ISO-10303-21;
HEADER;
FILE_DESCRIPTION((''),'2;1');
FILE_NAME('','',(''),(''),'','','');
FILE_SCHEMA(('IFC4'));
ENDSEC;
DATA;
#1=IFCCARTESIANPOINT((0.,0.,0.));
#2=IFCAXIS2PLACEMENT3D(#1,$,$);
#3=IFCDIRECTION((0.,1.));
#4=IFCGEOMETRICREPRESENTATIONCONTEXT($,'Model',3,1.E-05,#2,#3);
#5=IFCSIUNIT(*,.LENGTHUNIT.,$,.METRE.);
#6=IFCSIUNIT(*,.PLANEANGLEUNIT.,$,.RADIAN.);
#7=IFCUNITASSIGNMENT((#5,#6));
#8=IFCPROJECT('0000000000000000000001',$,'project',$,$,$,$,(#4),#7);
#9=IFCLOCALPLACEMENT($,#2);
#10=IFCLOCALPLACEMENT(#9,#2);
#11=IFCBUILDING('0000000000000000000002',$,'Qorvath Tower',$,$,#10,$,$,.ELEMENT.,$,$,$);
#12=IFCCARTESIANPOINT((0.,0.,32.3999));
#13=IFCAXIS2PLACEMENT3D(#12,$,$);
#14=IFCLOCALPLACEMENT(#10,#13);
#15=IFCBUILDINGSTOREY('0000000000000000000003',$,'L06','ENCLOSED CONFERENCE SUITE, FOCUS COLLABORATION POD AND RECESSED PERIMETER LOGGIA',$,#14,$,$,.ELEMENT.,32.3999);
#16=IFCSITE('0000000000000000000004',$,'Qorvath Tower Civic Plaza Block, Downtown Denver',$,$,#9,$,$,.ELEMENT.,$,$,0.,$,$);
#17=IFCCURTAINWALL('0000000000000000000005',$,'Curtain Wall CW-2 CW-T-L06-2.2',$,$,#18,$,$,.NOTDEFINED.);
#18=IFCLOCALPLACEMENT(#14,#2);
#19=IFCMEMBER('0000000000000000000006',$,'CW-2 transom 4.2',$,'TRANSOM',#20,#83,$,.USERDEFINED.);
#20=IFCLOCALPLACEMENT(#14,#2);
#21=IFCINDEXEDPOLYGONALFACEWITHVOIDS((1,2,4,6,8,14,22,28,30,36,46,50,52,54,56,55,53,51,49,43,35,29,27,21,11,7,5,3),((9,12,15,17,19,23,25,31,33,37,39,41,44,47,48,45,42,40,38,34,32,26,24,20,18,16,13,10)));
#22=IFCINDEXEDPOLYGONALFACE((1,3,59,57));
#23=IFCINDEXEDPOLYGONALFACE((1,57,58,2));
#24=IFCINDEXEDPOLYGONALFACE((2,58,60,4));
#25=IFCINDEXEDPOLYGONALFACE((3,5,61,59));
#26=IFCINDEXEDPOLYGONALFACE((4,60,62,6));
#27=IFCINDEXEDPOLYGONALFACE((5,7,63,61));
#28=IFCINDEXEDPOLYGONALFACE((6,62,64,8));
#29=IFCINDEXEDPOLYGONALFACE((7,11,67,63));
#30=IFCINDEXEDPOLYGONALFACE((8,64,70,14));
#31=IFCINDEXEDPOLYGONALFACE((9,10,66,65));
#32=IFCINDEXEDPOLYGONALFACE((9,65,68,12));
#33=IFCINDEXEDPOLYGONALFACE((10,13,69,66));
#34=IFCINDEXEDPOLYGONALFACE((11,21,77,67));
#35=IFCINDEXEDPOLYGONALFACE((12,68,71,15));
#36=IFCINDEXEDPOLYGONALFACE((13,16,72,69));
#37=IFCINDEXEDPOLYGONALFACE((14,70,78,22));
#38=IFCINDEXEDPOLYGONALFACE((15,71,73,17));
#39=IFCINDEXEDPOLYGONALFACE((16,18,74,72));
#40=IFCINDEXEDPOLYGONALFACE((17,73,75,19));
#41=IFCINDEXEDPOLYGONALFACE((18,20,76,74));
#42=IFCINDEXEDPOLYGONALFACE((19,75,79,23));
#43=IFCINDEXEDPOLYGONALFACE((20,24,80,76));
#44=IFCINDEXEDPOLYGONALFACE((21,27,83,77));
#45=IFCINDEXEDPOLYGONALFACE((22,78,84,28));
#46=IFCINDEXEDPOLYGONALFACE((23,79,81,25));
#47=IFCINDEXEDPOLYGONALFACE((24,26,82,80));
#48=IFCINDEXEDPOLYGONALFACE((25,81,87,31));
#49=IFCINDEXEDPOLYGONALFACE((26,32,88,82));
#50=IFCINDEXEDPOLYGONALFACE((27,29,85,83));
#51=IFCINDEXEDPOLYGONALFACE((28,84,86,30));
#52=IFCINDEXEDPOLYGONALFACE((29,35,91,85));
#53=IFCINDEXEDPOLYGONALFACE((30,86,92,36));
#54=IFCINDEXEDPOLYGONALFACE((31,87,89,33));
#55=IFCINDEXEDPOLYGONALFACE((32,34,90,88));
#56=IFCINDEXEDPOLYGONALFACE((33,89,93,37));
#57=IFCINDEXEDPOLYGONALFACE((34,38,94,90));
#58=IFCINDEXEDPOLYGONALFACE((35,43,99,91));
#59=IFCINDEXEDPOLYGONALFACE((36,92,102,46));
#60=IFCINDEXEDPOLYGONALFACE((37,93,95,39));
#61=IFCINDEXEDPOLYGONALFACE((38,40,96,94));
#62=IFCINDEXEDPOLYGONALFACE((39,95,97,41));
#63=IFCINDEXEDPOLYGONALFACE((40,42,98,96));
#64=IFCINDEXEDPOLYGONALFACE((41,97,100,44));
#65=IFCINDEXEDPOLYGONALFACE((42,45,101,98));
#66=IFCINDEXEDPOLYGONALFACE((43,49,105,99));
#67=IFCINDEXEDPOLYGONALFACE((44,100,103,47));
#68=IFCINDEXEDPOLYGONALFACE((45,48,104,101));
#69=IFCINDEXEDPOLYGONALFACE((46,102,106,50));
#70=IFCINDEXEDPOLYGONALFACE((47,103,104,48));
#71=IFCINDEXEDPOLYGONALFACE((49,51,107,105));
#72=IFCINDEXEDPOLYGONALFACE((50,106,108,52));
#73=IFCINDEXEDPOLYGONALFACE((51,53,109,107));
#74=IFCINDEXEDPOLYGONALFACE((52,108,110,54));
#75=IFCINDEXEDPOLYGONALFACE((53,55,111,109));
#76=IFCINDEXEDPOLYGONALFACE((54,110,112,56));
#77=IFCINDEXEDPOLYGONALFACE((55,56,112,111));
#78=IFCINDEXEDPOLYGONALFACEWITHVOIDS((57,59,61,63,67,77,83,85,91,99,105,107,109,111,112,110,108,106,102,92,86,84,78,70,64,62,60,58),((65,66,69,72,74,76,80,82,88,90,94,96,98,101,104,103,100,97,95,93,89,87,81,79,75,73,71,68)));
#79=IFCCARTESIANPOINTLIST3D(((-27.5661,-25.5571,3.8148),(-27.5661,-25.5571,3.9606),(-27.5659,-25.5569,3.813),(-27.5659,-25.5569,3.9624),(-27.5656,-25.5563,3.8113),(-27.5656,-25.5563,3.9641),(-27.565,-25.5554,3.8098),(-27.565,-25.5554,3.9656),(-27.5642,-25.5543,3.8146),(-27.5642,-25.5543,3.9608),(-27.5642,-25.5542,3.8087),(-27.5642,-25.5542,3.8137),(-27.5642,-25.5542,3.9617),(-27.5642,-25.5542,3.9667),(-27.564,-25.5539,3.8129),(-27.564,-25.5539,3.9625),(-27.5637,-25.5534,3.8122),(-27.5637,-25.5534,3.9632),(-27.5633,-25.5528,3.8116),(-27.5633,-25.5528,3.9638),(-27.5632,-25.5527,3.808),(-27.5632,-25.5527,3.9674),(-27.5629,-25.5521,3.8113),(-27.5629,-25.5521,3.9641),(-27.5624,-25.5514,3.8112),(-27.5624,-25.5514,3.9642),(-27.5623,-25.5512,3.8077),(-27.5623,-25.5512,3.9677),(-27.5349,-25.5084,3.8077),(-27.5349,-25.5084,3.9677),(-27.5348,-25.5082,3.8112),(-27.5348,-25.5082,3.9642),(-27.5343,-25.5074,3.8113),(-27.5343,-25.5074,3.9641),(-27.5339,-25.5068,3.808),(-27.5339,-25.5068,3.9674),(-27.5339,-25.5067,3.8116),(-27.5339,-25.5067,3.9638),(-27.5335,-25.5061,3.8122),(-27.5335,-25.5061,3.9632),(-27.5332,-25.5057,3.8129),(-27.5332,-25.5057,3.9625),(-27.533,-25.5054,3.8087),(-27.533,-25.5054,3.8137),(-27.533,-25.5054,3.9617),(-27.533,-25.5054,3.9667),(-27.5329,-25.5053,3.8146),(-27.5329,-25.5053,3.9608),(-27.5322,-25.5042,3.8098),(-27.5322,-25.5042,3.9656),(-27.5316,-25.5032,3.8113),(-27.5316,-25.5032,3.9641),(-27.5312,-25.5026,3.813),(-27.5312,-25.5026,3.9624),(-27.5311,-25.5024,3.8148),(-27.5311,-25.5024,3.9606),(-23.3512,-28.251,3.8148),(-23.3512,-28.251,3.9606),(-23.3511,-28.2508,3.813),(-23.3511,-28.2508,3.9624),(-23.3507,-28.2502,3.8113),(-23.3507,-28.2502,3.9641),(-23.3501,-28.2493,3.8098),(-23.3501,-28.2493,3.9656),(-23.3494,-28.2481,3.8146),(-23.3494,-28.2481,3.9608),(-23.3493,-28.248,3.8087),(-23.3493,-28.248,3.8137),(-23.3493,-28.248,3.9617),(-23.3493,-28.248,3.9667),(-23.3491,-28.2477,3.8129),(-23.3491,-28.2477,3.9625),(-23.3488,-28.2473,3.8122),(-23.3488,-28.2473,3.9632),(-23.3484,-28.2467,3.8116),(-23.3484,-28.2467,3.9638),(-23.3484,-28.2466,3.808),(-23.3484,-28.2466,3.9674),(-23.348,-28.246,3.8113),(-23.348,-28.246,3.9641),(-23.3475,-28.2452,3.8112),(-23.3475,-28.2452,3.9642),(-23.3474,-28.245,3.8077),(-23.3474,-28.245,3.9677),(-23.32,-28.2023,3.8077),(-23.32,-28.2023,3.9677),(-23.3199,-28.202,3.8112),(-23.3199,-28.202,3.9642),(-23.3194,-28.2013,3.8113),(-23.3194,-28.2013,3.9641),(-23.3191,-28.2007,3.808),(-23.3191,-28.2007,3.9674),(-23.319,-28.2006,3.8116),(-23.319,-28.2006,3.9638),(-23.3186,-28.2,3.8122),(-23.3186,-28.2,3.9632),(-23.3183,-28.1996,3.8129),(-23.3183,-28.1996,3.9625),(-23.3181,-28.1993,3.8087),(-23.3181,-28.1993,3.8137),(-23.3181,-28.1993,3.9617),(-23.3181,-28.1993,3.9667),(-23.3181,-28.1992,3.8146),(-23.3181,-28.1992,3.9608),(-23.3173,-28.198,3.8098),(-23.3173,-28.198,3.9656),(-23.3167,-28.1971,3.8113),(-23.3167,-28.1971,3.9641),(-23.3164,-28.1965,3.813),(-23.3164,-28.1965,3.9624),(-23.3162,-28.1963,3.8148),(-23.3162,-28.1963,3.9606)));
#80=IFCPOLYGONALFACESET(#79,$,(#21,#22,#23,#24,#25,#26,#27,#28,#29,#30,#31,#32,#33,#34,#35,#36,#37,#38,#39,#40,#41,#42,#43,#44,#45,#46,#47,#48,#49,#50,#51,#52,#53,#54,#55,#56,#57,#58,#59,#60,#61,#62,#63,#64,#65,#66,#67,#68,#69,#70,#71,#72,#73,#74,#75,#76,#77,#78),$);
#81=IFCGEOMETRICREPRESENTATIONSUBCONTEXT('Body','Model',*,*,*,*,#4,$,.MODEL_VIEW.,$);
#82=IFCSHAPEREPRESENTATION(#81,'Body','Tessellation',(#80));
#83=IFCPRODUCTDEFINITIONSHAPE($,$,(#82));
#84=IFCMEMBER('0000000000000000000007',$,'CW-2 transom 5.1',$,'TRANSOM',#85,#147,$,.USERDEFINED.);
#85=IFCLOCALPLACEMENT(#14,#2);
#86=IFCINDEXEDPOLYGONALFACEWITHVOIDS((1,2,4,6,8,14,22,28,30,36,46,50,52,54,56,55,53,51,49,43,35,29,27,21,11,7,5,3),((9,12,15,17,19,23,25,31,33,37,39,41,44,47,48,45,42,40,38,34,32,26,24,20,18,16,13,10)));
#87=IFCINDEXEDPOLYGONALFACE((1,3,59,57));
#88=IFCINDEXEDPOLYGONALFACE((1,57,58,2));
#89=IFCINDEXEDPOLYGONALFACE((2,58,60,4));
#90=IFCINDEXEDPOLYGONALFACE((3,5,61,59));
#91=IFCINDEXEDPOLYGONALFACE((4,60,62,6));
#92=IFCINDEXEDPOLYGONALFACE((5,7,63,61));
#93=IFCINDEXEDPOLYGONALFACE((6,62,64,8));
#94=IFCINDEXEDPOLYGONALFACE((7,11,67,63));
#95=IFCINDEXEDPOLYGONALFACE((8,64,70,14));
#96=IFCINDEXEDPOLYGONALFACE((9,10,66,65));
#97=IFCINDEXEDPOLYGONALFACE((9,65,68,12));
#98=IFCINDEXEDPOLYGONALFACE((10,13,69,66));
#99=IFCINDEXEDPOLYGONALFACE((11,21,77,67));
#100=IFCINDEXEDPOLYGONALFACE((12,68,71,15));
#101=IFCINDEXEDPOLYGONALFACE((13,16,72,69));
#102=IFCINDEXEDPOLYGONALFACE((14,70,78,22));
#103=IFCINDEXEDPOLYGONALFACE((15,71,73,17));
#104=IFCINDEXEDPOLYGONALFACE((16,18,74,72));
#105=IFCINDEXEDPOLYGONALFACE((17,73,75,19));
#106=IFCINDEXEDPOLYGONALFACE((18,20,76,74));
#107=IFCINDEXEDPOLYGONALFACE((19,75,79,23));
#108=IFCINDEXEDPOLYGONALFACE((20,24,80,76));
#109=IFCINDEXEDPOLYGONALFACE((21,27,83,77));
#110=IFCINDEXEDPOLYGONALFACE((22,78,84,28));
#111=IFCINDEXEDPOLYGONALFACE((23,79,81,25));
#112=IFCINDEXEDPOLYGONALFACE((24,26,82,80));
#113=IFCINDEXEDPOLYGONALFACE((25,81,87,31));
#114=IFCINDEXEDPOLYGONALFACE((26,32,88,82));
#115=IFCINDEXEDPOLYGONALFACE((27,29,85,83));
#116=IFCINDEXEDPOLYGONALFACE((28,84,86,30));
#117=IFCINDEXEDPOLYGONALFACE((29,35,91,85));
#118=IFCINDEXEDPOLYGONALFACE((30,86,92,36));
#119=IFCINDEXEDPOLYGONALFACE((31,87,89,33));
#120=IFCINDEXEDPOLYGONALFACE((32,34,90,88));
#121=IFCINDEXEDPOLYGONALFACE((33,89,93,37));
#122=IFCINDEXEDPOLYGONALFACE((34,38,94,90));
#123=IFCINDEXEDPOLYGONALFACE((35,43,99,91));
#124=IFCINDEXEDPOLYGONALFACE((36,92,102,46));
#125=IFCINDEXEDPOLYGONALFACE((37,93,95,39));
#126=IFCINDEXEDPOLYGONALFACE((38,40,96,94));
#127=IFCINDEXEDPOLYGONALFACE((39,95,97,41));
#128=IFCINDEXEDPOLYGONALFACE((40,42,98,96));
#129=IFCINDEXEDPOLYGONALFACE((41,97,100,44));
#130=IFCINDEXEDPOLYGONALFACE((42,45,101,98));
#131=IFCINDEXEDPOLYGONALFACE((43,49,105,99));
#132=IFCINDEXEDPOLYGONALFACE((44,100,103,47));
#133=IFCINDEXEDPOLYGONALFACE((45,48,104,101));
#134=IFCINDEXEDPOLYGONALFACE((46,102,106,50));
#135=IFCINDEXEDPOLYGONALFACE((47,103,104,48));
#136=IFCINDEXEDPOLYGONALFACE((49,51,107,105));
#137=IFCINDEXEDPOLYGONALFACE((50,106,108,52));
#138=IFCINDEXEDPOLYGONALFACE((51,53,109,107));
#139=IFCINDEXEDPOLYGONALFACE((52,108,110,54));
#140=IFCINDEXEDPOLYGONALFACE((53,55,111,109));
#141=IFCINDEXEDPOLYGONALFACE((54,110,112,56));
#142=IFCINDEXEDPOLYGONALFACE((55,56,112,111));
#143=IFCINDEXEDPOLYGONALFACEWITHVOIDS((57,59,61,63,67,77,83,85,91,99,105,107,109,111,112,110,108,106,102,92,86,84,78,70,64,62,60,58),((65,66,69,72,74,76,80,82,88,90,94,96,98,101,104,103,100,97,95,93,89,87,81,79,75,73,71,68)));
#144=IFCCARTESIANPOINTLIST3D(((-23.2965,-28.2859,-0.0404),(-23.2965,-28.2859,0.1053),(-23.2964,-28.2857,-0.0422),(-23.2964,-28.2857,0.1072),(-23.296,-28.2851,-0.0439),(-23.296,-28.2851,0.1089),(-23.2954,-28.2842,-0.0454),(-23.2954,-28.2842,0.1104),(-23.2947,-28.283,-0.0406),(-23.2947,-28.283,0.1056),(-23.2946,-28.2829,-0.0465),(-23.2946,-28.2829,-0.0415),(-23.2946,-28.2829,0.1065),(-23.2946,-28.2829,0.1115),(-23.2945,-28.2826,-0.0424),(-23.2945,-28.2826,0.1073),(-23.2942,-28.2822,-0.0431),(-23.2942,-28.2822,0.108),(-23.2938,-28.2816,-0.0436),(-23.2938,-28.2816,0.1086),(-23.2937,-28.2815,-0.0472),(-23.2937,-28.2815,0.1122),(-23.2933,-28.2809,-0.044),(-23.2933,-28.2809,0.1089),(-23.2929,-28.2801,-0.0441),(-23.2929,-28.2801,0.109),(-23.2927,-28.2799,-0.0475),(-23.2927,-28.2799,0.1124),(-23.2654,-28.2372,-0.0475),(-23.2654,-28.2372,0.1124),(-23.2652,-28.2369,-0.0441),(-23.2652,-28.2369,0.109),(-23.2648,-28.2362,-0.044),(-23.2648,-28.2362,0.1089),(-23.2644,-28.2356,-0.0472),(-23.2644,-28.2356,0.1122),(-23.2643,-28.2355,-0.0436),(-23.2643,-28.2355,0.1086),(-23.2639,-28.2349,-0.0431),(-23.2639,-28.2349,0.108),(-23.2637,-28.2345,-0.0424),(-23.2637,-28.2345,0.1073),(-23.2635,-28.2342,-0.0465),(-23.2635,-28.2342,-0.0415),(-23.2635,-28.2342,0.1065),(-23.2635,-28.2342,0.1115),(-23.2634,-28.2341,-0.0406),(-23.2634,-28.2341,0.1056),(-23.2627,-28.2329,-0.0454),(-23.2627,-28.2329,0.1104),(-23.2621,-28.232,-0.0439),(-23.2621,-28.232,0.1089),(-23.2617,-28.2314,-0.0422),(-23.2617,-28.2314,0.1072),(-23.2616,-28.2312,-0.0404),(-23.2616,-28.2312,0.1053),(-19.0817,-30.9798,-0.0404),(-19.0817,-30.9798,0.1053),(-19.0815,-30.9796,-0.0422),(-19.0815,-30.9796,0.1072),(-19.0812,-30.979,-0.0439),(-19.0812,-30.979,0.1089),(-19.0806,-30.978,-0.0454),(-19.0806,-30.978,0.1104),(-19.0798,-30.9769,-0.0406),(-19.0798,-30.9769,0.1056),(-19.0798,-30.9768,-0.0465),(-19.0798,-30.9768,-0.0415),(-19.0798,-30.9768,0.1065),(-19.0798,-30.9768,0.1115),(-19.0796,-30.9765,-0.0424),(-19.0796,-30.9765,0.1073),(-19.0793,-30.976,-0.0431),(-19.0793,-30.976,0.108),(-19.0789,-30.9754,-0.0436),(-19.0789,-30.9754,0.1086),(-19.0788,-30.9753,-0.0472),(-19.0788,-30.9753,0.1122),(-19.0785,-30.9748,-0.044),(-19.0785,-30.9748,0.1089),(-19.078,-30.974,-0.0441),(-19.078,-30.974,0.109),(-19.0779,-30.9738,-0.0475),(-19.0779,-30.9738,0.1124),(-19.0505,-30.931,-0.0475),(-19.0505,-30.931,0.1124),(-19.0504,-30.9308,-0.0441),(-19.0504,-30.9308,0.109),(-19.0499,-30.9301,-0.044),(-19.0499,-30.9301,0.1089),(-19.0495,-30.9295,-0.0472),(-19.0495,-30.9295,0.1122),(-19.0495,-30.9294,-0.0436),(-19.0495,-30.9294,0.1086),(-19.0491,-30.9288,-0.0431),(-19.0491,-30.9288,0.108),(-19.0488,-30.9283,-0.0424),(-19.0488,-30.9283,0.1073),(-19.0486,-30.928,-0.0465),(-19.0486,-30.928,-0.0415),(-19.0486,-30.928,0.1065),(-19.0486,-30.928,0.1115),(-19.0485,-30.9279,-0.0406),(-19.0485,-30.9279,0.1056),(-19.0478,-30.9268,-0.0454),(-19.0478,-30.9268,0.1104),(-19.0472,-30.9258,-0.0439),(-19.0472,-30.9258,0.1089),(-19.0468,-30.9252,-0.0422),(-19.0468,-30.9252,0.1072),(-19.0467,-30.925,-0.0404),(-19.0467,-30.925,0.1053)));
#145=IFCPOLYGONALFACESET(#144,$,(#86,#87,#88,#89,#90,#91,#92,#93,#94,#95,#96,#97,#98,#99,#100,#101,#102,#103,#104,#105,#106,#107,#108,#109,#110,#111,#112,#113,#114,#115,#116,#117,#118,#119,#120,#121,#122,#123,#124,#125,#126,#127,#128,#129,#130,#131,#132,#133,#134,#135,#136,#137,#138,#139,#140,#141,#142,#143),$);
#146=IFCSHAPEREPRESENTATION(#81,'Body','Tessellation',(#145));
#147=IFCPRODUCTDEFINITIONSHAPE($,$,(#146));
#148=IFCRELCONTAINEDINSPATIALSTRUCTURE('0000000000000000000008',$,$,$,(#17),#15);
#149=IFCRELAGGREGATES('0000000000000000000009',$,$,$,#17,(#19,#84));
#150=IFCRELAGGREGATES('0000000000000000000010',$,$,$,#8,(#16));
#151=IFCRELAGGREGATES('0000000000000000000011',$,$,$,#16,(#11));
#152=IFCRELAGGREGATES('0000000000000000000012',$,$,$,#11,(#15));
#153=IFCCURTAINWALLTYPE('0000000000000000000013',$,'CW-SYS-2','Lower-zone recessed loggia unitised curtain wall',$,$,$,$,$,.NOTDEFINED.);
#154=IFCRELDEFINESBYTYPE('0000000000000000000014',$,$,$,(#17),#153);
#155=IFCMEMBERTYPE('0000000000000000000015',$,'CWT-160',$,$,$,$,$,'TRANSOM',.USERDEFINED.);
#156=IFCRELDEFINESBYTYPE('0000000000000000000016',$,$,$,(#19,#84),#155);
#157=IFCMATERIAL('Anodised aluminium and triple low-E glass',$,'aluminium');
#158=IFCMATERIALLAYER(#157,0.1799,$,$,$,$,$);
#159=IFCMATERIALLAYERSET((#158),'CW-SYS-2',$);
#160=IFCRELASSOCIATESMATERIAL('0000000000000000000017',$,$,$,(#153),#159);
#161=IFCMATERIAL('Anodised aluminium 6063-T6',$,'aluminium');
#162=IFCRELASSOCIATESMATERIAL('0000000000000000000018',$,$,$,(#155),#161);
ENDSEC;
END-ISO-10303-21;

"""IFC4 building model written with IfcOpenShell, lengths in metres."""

from ifc_helpers import new_model, si_unit, direction, frame, origin, origin_2d, place, context, subcontext, project, spatial, hollow_rectangle, extrude, material, layer, layer_set, material_profile, profile_set, type_object, element, aggregate, save


model = new_model("IFC4")

# Units and contexts
model_context = context("Model", 3, precision=1e-05, world=origin(), true_north=direction((0.0, 1.0)))
body_context = subcontext(model_context, "Body", "Model", "MODEL_VIEW")
ifc_project = project(units=[si_unit("LENGTHUNIT", "METRE"), si_unit("PLANEANGLEUNIT", "RADIAN")], contexts=[model_context])

# Site, building, storey
site_placement = place(None, origin())
site = spatial("IfcSite", under=ifc_project, at=site_placement, Name="Qorvath Tower Civic Plaza Block, Downtown Denver", CompositionType="ELEMENT", RefElevation=0.0)
building_placement = place(site_placement, origin())
building = spatial("IfcBuilding", under=site, at=building_placement, Name="Qorvath Tower", CompositionType="ELEMENT")
storey_placement = place(building_placement, frame((0.0, 0.0, 32.3999)))
storey = spatial("IfcBuildingStorey", under=building, at=storey_placement, Name="L06", Description="ENCLOSED CONFERENCE SUITE, FOCUS COLLABORATION POD AND RECESSED PERIMETER LOGGIA", CompositionType="ELEMENT", Elevation=32.3999)

# Curtain wall, members
ifc_material_1 = material(Name="Anodised aluminium and triple low-E glass", Category="aluminium")
ifc_layer_1 = layer(ifc_material_1, 0.1799)
ifc_layer_set_1 = layer_set([ifc_layer_1], Name="CW-SYS-2")
curtain_wall_type = type_object("IfcCurtainWallType", Name="CW-SYS-2", Description="Lower-zone recessed loggia unitised curtain wall", PredefinedType="NOTDEFINED", material=ifc_layer_set_1)
curtain_wall_placement = place(storey_placement, origin())
curtain_wall = element("IfcCurtainWall", 1, at=curtain_wall_placement, inside=storey, type_object=curtain_wall_type, Name="Curtain Wall CW-2 CW-T-L06-2.2", PredefinedType="NOTDEFINED")
ifc_material_2 = material(Name="Anodised aluminium 6063-T6", Category="aluminium")
ifc_material_profile_1 = material_profile(ifc_material_2, hollow_rectangle(XDim=0.0649, YDim=0.1599, WallThickness=0.0034, InnerFilletRadius=0.0034, OuterFilletRadius=0.0071, at=origin_2d()), Name="CWT 160x65")
ifc_profile_set_1 = profile_set([ifc_material_profile_1], Name="Anodised aluminium 6063-T6")
member_type_1 = type_object("IfcMemberType", Name="CWT-160", ElementType="TRANSOM", PredefinedType="USERDEFINED", material=ifc_profile_set_1)
member_1_placement = place(storey_placement, frame((-27.5486, -25.5298, 3.8877), z_axis=(0.842603, -0.538536, 0.0), x_axis=(0.538536, 0.842603, 0.0)))
member_1 = element("IfcMember", 2, at=member_1_placement, type_object=member_type_1, Name="CW-2 transom 4.2", ObjectType="TRANSOM", PredefinedType="USERDEFINED", context=body_context, shape_type="SweptSolid", body=[
    extrude(hollow_rectangle(XDim=0.0649, YDim=0.1599, WallThickness=0.0034, InnerFilletRadius=0.0034, OuterFilletRadius=0.0071, at=origin_2d()), origin(), (0.0, 0.0, 1.0), 5.0022),
])
member_2_placement = place(storey_placement, frame((-23.2791, -28.2585, 0.0325), z_axis=(0.842603, -0.538536, 0.0), x_axis=(0.538536, 0.842603, 0.0)))
member_2 = element("IfcMember", 3, at=member_2_placement, type_object=member_type_1, Name="CW-2 transom 5.1", ObjectType="TRANSOM", PredefinedType="USERDEFINED", context=body_context, shape_type="SweptSolid", body=[
    extrude(hollow_rectangle(XDim=0.0649, YDim=0.1599, WallThickness=0.0034, InnerFilletRadius=0.0034, OuterFilletRadius=0.0071, at=origin_2d()), origin(), (0.0, 0.0, 1.0), 5.0022),
])
aggregate(curtain_wall, [member_1, member_2])

save(model, "model.ifc")
